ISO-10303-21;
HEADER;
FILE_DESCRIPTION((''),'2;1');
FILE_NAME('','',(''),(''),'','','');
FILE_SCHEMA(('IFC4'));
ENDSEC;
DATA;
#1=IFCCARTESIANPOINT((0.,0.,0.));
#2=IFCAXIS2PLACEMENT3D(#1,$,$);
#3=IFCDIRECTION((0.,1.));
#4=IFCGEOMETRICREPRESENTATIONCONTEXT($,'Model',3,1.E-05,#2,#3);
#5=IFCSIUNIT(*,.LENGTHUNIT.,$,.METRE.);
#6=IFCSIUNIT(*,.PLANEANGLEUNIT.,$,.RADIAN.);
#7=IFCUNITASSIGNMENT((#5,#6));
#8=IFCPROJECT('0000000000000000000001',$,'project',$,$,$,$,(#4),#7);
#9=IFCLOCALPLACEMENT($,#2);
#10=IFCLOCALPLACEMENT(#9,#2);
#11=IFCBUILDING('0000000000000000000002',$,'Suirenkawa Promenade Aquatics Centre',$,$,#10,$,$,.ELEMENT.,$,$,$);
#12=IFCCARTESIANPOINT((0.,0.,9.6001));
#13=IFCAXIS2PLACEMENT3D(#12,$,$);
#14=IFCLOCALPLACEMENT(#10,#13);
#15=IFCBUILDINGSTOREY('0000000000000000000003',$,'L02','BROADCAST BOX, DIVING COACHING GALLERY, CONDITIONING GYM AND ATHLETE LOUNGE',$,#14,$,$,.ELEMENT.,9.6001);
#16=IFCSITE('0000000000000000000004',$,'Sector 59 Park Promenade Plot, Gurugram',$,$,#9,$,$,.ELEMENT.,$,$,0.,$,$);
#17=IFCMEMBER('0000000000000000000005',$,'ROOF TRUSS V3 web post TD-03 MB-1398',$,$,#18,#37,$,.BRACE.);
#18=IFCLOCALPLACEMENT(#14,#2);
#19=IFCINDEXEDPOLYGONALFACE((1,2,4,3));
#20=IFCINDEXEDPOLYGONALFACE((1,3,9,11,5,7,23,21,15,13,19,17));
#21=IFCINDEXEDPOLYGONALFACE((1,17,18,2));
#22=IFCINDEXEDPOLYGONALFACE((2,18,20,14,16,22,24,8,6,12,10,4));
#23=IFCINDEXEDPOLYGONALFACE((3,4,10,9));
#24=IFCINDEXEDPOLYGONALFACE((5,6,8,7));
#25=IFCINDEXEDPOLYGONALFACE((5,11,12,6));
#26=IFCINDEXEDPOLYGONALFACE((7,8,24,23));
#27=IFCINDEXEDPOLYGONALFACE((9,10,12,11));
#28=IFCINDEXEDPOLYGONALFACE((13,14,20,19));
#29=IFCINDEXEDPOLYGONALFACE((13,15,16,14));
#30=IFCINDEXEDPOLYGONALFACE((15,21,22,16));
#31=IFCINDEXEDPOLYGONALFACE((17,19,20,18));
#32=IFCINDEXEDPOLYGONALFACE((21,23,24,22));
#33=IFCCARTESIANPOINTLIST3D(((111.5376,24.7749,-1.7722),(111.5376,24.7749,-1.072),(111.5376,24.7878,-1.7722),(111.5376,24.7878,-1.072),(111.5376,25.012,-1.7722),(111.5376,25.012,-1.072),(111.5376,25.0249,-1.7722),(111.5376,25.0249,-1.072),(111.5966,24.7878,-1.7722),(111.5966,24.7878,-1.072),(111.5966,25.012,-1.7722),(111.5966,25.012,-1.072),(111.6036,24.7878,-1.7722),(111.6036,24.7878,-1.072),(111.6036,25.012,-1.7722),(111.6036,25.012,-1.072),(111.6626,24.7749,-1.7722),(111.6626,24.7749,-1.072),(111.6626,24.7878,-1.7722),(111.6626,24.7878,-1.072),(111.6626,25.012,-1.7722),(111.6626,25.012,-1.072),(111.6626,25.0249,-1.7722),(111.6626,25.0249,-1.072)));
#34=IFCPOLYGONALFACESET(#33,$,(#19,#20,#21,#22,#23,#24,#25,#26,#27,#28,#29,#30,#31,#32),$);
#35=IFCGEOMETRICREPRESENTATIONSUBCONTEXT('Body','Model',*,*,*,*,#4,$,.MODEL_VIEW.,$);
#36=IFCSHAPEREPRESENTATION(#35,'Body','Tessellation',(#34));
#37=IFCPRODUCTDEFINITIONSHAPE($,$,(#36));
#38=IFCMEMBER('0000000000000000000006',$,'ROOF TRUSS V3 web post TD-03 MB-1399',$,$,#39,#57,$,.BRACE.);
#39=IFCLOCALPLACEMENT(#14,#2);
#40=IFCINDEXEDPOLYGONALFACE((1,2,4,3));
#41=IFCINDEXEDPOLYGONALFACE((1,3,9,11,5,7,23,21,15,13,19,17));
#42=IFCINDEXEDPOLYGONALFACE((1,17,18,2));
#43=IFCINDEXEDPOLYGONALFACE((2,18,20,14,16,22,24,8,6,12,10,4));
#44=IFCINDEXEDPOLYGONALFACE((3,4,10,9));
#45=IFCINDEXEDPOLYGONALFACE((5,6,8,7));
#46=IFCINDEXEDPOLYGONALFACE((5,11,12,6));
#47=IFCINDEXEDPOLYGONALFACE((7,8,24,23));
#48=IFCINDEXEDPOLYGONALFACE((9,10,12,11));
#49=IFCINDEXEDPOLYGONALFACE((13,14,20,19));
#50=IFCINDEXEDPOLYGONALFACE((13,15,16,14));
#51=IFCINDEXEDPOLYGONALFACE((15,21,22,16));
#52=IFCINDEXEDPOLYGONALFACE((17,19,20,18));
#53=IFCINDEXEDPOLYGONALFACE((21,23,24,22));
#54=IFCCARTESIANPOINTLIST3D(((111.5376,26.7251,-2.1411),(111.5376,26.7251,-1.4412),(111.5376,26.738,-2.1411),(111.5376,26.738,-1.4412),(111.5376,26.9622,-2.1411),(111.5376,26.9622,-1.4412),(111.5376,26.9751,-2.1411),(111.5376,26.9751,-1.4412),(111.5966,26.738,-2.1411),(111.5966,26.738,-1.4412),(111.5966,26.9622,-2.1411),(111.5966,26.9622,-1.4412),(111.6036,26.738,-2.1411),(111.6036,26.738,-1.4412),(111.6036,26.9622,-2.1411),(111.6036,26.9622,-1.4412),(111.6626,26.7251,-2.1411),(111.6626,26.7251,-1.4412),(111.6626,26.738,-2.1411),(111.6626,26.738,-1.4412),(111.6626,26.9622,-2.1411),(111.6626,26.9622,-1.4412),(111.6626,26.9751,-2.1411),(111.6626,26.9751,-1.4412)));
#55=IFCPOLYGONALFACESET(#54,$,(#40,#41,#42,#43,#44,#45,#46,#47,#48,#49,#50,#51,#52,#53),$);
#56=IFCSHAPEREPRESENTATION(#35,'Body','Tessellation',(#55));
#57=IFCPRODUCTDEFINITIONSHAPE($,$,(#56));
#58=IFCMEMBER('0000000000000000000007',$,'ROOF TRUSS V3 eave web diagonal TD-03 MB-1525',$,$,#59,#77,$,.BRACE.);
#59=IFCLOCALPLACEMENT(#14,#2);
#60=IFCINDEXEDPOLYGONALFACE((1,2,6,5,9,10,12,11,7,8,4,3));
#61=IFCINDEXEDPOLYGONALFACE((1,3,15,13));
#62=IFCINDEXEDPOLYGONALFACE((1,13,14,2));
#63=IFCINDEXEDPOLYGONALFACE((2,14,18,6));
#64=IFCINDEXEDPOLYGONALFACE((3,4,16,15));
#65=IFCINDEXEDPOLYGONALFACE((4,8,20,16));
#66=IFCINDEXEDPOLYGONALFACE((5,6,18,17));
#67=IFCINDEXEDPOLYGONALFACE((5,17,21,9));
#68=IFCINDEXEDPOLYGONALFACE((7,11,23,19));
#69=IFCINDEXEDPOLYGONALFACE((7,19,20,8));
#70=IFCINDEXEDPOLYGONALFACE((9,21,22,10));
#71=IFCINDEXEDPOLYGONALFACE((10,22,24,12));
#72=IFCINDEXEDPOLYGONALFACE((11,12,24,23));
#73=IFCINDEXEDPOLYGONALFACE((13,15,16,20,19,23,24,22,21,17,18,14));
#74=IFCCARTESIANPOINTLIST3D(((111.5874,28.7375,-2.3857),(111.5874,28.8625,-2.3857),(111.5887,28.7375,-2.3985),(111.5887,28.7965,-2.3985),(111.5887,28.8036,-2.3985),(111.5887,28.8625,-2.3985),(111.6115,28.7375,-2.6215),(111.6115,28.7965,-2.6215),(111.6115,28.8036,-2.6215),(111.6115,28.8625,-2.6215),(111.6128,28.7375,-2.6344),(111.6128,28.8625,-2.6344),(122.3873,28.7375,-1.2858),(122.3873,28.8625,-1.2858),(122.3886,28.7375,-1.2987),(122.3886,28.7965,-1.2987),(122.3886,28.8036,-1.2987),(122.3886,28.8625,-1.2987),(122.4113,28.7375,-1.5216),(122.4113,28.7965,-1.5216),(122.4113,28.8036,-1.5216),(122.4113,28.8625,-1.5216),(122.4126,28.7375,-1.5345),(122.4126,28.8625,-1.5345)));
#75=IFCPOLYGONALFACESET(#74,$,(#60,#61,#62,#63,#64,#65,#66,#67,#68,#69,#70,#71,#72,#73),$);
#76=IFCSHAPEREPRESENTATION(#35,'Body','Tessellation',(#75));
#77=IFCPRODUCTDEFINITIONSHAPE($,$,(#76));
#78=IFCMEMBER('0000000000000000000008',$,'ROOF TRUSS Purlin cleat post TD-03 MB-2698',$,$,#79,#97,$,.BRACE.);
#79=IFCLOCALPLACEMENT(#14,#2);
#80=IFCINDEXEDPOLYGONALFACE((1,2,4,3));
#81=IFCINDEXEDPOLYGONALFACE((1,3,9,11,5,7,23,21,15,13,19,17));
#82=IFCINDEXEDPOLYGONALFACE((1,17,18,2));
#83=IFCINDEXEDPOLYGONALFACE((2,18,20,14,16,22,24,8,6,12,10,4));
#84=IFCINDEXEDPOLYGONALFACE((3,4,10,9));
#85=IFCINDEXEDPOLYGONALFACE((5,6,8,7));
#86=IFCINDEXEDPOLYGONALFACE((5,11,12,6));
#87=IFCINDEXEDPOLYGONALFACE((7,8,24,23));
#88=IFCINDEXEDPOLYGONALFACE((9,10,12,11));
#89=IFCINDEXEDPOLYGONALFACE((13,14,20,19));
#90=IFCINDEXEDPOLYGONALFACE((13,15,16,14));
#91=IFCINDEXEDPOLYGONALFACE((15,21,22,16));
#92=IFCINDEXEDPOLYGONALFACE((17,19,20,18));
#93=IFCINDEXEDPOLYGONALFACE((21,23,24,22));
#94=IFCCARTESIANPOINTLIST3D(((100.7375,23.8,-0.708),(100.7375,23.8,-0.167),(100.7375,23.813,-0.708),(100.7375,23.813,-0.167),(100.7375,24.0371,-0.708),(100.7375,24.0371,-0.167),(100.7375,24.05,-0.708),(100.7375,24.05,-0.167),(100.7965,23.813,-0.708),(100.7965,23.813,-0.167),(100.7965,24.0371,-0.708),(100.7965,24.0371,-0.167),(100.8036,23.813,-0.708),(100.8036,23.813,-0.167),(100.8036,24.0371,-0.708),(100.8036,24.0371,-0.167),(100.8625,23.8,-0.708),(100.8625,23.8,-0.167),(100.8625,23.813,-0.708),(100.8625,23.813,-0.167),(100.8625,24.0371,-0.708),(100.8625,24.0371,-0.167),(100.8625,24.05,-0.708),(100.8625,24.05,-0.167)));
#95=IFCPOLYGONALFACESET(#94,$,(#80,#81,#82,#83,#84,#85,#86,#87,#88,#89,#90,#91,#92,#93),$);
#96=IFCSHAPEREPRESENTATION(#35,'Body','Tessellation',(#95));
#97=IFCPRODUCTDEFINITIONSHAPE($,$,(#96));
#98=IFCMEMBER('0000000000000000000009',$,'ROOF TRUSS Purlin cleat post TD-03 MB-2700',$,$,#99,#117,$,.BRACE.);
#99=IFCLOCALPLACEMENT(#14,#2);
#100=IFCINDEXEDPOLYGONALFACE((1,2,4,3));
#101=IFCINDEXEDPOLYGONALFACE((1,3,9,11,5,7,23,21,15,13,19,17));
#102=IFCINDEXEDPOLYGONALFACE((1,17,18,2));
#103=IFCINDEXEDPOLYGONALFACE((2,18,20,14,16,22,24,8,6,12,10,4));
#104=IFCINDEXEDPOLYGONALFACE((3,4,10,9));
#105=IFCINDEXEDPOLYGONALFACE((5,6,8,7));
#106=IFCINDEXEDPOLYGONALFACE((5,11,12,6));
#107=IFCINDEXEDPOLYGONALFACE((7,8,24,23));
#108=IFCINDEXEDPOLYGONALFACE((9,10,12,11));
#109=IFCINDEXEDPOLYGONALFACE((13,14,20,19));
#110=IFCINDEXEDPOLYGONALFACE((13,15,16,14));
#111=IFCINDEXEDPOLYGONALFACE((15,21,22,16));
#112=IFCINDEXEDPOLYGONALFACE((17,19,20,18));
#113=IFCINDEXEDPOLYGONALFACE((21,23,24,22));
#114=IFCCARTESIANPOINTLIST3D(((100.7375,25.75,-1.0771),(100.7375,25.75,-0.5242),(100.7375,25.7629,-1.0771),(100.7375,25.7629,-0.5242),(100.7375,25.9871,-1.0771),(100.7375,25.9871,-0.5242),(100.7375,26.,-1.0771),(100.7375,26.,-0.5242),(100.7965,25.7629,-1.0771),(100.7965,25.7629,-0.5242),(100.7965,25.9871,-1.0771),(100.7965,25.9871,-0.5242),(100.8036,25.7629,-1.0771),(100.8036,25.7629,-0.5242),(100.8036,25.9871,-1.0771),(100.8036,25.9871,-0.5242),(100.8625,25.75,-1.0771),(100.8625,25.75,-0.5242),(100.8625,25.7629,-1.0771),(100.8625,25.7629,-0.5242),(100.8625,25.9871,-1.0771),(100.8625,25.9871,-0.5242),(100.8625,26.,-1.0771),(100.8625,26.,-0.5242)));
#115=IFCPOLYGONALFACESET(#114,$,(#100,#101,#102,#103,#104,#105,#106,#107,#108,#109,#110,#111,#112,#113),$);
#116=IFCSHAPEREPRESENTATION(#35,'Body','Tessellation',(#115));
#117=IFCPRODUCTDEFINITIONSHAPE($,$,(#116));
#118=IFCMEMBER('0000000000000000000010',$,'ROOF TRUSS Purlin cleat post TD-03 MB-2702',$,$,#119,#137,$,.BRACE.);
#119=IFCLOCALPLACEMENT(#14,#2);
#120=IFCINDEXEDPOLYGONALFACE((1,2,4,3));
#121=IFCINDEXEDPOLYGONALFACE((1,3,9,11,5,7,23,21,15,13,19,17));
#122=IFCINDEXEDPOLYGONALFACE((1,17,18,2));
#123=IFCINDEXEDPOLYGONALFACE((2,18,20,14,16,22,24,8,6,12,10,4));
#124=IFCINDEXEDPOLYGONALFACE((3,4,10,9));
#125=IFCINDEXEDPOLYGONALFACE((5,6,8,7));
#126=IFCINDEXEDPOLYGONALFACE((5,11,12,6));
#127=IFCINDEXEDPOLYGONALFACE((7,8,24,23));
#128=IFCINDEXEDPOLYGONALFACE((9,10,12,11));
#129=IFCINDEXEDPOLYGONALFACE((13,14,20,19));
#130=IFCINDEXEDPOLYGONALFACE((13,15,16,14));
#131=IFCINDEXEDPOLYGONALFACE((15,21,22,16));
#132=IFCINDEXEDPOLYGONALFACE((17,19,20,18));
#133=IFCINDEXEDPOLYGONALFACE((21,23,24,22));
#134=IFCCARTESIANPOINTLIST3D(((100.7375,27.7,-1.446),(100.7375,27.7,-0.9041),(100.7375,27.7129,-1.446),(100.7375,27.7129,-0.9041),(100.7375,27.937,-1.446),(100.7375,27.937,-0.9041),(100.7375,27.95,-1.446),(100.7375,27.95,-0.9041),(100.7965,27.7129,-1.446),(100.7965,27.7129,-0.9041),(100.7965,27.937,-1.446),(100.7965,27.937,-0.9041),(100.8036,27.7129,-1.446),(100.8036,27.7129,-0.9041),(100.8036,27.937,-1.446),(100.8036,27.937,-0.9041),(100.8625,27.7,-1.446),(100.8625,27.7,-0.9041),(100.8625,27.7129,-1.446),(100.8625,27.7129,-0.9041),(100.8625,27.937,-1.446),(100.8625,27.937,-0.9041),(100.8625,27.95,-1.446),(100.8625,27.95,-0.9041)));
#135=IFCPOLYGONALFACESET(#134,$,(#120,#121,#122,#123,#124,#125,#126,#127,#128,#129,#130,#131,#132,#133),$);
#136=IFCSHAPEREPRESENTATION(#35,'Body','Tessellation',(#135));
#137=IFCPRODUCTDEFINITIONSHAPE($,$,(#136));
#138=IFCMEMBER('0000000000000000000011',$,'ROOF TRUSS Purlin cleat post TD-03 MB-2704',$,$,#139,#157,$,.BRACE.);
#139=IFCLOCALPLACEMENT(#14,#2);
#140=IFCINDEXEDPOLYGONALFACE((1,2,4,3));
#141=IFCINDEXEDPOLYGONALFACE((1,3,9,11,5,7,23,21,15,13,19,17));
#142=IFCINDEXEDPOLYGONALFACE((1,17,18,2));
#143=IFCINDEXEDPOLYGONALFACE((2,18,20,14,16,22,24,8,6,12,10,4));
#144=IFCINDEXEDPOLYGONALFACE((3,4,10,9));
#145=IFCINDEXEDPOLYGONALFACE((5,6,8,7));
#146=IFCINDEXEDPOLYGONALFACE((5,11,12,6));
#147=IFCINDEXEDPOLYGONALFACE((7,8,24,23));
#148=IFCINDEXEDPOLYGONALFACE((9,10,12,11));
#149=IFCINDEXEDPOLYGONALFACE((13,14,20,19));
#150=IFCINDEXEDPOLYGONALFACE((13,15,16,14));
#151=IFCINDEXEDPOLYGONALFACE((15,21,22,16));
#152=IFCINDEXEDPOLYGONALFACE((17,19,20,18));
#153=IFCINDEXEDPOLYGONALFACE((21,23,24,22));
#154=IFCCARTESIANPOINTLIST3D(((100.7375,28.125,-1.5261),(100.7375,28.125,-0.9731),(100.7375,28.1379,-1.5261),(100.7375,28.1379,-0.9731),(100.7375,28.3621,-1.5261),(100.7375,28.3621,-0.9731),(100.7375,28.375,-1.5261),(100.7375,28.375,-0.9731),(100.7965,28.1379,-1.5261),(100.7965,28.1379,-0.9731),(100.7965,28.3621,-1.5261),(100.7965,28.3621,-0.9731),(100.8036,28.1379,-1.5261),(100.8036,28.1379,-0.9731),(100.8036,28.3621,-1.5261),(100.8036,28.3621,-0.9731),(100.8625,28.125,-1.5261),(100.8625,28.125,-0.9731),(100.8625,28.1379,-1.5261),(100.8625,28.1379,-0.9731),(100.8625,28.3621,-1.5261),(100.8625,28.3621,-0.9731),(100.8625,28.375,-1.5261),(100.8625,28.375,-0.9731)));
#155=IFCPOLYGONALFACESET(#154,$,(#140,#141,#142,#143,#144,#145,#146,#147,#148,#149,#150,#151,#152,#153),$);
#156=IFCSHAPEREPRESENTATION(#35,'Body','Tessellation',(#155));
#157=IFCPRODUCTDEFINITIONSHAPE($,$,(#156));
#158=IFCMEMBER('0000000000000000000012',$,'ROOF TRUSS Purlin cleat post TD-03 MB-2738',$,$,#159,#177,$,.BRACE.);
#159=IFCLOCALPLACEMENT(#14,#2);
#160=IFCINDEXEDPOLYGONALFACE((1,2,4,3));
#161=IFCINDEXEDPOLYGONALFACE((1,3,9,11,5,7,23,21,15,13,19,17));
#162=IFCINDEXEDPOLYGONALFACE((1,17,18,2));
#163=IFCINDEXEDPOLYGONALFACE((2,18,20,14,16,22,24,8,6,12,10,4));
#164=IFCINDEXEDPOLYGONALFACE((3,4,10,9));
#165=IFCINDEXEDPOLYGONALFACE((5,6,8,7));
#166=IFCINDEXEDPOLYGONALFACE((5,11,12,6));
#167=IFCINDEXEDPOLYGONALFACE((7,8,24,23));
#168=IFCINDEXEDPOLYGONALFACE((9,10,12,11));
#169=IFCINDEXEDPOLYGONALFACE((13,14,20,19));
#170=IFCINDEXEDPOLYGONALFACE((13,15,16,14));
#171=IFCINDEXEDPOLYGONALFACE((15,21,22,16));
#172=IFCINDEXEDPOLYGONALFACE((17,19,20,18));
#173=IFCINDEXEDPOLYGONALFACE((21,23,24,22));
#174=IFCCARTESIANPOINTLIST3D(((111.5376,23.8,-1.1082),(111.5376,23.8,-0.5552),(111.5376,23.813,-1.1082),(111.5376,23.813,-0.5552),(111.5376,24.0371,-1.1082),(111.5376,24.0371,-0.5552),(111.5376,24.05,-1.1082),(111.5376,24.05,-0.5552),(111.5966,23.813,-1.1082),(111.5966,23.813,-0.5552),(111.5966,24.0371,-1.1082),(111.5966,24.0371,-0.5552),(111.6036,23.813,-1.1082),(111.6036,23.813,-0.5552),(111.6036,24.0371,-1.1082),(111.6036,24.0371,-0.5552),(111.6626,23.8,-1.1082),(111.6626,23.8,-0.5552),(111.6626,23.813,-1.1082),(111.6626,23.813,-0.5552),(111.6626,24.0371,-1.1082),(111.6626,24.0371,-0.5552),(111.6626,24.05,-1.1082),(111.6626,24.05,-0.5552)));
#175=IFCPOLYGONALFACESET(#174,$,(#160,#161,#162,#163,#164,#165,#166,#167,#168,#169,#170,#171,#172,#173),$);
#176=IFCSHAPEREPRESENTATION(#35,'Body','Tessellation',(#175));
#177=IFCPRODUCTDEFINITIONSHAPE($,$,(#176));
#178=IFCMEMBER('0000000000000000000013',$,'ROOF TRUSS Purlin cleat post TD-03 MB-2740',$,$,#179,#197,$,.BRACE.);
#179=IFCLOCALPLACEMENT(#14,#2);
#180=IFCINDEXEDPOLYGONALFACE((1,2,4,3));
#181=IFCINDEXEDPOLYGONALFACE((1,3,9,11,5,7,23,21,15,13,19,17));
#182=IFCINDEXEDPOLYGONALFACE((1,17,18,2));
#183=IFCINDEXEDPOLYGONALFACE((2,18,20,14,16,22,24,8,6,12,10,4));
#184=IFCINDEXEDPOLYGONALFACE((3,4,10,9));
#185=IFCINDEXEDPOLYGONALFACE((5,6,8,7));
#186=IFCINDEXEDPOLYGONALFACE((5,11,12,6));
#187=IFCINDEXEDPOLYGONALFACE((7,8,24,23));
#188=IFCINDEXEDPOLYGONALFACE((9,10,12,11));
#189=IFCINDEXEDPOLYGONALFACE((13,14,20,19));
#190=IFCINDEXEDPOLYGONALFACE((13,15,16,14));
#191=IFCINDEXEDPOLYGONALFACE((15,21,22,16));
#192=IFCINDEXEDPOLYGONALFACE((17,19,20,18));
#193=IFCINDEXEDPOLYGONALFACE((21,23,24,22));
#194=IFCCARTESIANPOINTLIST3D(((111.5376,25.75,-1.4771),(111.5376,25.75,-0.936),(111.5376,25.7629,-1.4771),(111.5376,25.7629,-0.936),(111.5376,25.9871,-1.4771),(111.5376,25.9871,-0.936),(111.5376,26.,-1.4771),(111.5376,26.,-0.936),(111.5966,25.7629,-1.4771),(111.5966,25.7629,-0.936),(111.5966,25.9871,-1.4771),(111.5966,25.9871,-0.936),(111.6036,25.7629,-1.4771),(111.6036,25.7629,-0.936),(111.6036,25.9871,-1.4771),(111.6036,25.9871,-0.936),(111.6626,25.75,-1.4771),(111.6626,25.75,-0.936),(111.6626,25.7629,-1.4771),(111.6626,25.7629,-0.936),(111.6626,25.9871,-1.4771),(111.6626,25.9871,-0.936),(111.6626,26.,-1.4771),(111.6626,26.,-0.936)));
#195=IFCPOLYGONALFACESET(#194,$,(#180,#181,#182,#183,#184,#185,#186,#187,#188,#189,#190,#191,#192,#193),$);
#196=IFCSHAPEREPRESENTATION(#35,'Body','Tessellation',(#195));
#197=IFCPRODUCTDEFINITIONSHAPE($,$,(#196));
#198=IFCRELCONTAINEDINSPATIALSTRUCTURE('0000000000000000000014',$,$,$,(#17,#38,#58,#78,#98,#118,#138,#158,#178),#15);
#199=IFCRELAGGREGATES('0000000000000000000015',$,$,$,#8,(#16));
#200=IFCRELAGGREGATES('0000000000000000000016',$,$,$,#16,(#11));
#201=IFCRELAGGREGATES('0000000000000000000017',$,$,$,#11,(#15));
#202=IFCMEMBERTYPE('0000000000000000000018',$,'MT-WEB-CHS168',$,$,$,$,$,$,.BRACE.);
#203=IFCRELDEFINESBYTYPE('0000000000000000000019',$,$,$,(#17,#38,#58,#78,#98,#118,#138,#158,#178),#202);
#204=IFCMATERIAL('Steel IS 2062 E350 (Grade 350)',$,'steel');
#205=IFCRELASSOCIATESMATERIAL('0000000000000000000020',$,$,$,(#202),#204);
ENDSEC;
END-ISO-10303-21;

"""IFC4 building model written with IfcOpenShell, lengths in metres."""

from ifc_helpers import new_model, si_unit, direction, frame, origin, origin_2d, place, context, subcontext, project, spatial, i_section, extrude, material, material_profile, profile_set, type_object, element, save


model = new_model("IFC4")

# Units and contexts
model_context = context("Model", 3, precision=1e-05, world=origin(), true_north=direction((0.0, 1.0)))
body_context = subcontext(model_context, "Body", "Model", "MODEL_VIEW")
ifc_project = project(units=[si_unit("LENGTHUNIT", "METRE"), si_unit("PLANEANGLEUNIT", "RADIAN")], contexts=[model_context])

# Site, building, storey
site_placement = place(None, origin())
site = spatial("IfcSite", under=ifc_project, at=site_placement, Name="Sector 59 Park Promenade Plot, Gurugram", CompositionType="ELEMENT", RefElevation=0.0)
building_placement = place(site_placement, origin())
building = spatial("IfcBuilding", under=site, at=building_placement, Name="Suirenkawa Promenade Aquatics Centre", CompositionType="ELEMENT")
storey_placement = place(building_placement, frame((0.0, 0.0, 9.6001)))
storey = spatial("IfcBuildingStorey", under=building, at=storey_placement, Name="L02", Description="BROADCAST BOX, DIVING COACHING GALLERY, CONDITIONING GYM AND ATHLETE LOUNGE", CompositionType="ELEMENT", Elevation=9.6001)

# Shared definitions
ifc_material = material(Name="Steel IS 2062 E350 (Grade 350)", Category="steel")

# Members
ifc_material_profile_1 = material_profile(ifc_material, i_section(OverallWidth=0.125, OverallDepth=0.25, WebThickness=0.0071, FlangeThickness=0.0129, at=origin_2d()), Name="ISMB 250", Category="steel")
ifc_profile_set_1 = profile_set([ifc_material_profile_1], Name="Steel IS 2062 E350 (Grade 350)")
member_type_1 = type_object("IfcMemberType", Name="MT-WEB-CHS168", PredefinedType="BRACE", material=ifc_profile_set_1)
member_1_placement = place(storey_placement, frame((111.6001, 24.8999, -1.7722), z_axis=(0.0, 0.0, 1.0), x_axis=(1.0, 0.0, 0.0)))
element("IfcMember", 1, at=member_1_placement, inside=storey, type_object=member_type_1, Name="ROOF TRUSS V3 web post TD-03 MB-1398", PredefinedType="BRACE", context=body_context, shape_type="SweptSolid", body=[
    extrude(i_section(OverallWidth=0.125, OverallDepth=0.25, WebThickness=0.0071, FlangeThickness=0.0129, at=origin_2d()), origin(), (0.0, 0.0, 1.0), 0.7002),
])
member_2_placement = place(storey_placement, frame((111.6001, 26.8501, -2.1411), z_axis=(0.0, 0.0, 1.0), x_axis=(1.0, 0.0, 0.0)))
element("IfcMember", 2, at=member_2_placement, inside=storey, type_object=member_type_1, Name="ROOF TRUSS V3 web post TD-03 MB-1399", PredefinedType="BRACE", context=body_context, shape_type="SweptSolid", body=[
    extrude(i_section(OverallWidth=0.125, OverallDepth=0.25, WebThickness=0.0071, FlangeThickness=0.0129, at=origin_2d()), origin(), (0.0, 0.0, 1.0), 0.7),
])
member_3_placement = place(storey_placement, frame((111.6001, 28.8, -2.51), z_axis=(0.994854, 0.0, 0.101316), x_axis=(0.0, 1.0, 0.0)))
element("IfcMember", 3, at=member_3_placement, inside=storey, type_object=member_type_1, Name="ROOF TRUSS V3 eave web diagonal TD-03 MB-1525", PredefinedType="BRACE", context=body_context, shape_type="SweptSolid", body=[
    extrude(i_section(OverallWidth=0.125, OverallDepth=0.25, WebThickness=0.0071, FlangeThickness=0.0129, at=origin_2d()), origin(), (0.0, 0.0, 1.0), 10.8557),
])
member_4_placement = place(storey_placement, frame((100.8, 23.925, -0.708), z_axis=(0.0, 0.0, 1.0), x_axis=(1.0, 0.0, 0.0)))
element("IfcMember", 4, at=member_4_placement, inside=storey, type_object=member_type_1, Name="ROOF TRUSS Purlin cleat post TD-03 MB-2698", PredefinedType="BRACE", context=body_context, shape_type="SweptSolid", body=[
    extrude(i_section(OverallWidth=0.125, OverallDepth=0.25, WebThickness=0.0071, FlangeThickness=0.0129, at=origin_2d()), origin(), (0.0, 0.0, 1.0), 0.541),
])
member_5_placement = place(storey_placement, frame((100.8, 25.875, -1.0771), z_axis=(0.0, 0.0, 1.0), x_axis=(1.0, 0.0, 0.0)))
element("IfcMember", 5, at=member_5_placement, inside=storey, type_object=member_type_1, Name="ROOF TRUSS Purlin cleat post TD-03 MB-2700", PredefinedType="BRACE", context=body_context, shape_type="SweptSolid", body=[
    extrude(i_section(OverallWidth=0.125, OverallDepth=0.25, WebThickness=0.0071, FlangeThickness=0.0129, at=origin_2d()), origin(), (0.0, 0.0, 1.0), 0.553),
])
member_6_placement = place(storey_placement, frame((100.8, 27.825, -1.446), z_axis=(0.0, 0.0, 1.0), x_axis=(1.0, 0.0, 0.0)))
element("IfcMember", 6, at=member_6_placement, inside=storey, type_object=member_type_1, Name="ROOF TRUSS Purlin cleat post TD-03 MB-2702", PredefinedType="BRACE", context=body_context, shape_type="SweptSolid", body=[
    extrude(i_section(OverallWidth=0.125, OverallDepth=0.25, WebThickness=0.0071, FlangeThickness=0.0129, at=origin_2d()), origin(), (0.0, 0.0, 1.0), 0.542),
])
for number, where, z_axis, x_axis, name in (
    (7, (100.8, 28.25, -1.5261), (0.0, 0.0, 1.0), (1.0, 0.0, 0.0), "ROOF TRUSS Purlin cleat post TD-03 MB-2704"),
    (8, (111.6001, 23.925, -1.1082), (0.0, 0.0, 1.0), (1.0, 0.0, 0.0), "ROOF TRUSS Purlin cleat post TD-03 MB-2738"),
):
    element("IfcMember", number, at=place(storey_placement, frame(where, z_axis=z_axis, x_axis=x_axis)), inside=storey, type_object=member_type_1, Name=name, PredefinedType="BRACE", context=body_context, shape_type="SweptSolid", body=[
        extrude(i_section(OverallWidth=0.125, OverallDepth=0.25, WebThickness=0.0071, FlangeThickness=0.0129, at=origin_2d()), origin(), (0.0, 0.0, 1.0), 0.553),
    ])
member_7_placement = place(storey_placement, frame((111.6001, 25.875, -1.4771), z_axis=(0.0, 0.0, 1.0), x_axis=(1.0, 0.0, 0.0)))
element("IfcMember", 9, at=member_7_placement, inside=storey, type_object=member_type_1, Name="ROOF TRUSS Purlin cleat post TD-03 MB-2740", PredefinedType="BRACE", context=body_context, shape_type="SweptSolid", body=[
    extrude(i_section(OverallWidth=0.125, OverallDepth=0.25, WebThickness=0.0071, FlangeThickness=0.0129, at=origin_2d()), origin(), (0.0, 0.0, 1.0), 0.541),
])

save(model, "model.ifc")
